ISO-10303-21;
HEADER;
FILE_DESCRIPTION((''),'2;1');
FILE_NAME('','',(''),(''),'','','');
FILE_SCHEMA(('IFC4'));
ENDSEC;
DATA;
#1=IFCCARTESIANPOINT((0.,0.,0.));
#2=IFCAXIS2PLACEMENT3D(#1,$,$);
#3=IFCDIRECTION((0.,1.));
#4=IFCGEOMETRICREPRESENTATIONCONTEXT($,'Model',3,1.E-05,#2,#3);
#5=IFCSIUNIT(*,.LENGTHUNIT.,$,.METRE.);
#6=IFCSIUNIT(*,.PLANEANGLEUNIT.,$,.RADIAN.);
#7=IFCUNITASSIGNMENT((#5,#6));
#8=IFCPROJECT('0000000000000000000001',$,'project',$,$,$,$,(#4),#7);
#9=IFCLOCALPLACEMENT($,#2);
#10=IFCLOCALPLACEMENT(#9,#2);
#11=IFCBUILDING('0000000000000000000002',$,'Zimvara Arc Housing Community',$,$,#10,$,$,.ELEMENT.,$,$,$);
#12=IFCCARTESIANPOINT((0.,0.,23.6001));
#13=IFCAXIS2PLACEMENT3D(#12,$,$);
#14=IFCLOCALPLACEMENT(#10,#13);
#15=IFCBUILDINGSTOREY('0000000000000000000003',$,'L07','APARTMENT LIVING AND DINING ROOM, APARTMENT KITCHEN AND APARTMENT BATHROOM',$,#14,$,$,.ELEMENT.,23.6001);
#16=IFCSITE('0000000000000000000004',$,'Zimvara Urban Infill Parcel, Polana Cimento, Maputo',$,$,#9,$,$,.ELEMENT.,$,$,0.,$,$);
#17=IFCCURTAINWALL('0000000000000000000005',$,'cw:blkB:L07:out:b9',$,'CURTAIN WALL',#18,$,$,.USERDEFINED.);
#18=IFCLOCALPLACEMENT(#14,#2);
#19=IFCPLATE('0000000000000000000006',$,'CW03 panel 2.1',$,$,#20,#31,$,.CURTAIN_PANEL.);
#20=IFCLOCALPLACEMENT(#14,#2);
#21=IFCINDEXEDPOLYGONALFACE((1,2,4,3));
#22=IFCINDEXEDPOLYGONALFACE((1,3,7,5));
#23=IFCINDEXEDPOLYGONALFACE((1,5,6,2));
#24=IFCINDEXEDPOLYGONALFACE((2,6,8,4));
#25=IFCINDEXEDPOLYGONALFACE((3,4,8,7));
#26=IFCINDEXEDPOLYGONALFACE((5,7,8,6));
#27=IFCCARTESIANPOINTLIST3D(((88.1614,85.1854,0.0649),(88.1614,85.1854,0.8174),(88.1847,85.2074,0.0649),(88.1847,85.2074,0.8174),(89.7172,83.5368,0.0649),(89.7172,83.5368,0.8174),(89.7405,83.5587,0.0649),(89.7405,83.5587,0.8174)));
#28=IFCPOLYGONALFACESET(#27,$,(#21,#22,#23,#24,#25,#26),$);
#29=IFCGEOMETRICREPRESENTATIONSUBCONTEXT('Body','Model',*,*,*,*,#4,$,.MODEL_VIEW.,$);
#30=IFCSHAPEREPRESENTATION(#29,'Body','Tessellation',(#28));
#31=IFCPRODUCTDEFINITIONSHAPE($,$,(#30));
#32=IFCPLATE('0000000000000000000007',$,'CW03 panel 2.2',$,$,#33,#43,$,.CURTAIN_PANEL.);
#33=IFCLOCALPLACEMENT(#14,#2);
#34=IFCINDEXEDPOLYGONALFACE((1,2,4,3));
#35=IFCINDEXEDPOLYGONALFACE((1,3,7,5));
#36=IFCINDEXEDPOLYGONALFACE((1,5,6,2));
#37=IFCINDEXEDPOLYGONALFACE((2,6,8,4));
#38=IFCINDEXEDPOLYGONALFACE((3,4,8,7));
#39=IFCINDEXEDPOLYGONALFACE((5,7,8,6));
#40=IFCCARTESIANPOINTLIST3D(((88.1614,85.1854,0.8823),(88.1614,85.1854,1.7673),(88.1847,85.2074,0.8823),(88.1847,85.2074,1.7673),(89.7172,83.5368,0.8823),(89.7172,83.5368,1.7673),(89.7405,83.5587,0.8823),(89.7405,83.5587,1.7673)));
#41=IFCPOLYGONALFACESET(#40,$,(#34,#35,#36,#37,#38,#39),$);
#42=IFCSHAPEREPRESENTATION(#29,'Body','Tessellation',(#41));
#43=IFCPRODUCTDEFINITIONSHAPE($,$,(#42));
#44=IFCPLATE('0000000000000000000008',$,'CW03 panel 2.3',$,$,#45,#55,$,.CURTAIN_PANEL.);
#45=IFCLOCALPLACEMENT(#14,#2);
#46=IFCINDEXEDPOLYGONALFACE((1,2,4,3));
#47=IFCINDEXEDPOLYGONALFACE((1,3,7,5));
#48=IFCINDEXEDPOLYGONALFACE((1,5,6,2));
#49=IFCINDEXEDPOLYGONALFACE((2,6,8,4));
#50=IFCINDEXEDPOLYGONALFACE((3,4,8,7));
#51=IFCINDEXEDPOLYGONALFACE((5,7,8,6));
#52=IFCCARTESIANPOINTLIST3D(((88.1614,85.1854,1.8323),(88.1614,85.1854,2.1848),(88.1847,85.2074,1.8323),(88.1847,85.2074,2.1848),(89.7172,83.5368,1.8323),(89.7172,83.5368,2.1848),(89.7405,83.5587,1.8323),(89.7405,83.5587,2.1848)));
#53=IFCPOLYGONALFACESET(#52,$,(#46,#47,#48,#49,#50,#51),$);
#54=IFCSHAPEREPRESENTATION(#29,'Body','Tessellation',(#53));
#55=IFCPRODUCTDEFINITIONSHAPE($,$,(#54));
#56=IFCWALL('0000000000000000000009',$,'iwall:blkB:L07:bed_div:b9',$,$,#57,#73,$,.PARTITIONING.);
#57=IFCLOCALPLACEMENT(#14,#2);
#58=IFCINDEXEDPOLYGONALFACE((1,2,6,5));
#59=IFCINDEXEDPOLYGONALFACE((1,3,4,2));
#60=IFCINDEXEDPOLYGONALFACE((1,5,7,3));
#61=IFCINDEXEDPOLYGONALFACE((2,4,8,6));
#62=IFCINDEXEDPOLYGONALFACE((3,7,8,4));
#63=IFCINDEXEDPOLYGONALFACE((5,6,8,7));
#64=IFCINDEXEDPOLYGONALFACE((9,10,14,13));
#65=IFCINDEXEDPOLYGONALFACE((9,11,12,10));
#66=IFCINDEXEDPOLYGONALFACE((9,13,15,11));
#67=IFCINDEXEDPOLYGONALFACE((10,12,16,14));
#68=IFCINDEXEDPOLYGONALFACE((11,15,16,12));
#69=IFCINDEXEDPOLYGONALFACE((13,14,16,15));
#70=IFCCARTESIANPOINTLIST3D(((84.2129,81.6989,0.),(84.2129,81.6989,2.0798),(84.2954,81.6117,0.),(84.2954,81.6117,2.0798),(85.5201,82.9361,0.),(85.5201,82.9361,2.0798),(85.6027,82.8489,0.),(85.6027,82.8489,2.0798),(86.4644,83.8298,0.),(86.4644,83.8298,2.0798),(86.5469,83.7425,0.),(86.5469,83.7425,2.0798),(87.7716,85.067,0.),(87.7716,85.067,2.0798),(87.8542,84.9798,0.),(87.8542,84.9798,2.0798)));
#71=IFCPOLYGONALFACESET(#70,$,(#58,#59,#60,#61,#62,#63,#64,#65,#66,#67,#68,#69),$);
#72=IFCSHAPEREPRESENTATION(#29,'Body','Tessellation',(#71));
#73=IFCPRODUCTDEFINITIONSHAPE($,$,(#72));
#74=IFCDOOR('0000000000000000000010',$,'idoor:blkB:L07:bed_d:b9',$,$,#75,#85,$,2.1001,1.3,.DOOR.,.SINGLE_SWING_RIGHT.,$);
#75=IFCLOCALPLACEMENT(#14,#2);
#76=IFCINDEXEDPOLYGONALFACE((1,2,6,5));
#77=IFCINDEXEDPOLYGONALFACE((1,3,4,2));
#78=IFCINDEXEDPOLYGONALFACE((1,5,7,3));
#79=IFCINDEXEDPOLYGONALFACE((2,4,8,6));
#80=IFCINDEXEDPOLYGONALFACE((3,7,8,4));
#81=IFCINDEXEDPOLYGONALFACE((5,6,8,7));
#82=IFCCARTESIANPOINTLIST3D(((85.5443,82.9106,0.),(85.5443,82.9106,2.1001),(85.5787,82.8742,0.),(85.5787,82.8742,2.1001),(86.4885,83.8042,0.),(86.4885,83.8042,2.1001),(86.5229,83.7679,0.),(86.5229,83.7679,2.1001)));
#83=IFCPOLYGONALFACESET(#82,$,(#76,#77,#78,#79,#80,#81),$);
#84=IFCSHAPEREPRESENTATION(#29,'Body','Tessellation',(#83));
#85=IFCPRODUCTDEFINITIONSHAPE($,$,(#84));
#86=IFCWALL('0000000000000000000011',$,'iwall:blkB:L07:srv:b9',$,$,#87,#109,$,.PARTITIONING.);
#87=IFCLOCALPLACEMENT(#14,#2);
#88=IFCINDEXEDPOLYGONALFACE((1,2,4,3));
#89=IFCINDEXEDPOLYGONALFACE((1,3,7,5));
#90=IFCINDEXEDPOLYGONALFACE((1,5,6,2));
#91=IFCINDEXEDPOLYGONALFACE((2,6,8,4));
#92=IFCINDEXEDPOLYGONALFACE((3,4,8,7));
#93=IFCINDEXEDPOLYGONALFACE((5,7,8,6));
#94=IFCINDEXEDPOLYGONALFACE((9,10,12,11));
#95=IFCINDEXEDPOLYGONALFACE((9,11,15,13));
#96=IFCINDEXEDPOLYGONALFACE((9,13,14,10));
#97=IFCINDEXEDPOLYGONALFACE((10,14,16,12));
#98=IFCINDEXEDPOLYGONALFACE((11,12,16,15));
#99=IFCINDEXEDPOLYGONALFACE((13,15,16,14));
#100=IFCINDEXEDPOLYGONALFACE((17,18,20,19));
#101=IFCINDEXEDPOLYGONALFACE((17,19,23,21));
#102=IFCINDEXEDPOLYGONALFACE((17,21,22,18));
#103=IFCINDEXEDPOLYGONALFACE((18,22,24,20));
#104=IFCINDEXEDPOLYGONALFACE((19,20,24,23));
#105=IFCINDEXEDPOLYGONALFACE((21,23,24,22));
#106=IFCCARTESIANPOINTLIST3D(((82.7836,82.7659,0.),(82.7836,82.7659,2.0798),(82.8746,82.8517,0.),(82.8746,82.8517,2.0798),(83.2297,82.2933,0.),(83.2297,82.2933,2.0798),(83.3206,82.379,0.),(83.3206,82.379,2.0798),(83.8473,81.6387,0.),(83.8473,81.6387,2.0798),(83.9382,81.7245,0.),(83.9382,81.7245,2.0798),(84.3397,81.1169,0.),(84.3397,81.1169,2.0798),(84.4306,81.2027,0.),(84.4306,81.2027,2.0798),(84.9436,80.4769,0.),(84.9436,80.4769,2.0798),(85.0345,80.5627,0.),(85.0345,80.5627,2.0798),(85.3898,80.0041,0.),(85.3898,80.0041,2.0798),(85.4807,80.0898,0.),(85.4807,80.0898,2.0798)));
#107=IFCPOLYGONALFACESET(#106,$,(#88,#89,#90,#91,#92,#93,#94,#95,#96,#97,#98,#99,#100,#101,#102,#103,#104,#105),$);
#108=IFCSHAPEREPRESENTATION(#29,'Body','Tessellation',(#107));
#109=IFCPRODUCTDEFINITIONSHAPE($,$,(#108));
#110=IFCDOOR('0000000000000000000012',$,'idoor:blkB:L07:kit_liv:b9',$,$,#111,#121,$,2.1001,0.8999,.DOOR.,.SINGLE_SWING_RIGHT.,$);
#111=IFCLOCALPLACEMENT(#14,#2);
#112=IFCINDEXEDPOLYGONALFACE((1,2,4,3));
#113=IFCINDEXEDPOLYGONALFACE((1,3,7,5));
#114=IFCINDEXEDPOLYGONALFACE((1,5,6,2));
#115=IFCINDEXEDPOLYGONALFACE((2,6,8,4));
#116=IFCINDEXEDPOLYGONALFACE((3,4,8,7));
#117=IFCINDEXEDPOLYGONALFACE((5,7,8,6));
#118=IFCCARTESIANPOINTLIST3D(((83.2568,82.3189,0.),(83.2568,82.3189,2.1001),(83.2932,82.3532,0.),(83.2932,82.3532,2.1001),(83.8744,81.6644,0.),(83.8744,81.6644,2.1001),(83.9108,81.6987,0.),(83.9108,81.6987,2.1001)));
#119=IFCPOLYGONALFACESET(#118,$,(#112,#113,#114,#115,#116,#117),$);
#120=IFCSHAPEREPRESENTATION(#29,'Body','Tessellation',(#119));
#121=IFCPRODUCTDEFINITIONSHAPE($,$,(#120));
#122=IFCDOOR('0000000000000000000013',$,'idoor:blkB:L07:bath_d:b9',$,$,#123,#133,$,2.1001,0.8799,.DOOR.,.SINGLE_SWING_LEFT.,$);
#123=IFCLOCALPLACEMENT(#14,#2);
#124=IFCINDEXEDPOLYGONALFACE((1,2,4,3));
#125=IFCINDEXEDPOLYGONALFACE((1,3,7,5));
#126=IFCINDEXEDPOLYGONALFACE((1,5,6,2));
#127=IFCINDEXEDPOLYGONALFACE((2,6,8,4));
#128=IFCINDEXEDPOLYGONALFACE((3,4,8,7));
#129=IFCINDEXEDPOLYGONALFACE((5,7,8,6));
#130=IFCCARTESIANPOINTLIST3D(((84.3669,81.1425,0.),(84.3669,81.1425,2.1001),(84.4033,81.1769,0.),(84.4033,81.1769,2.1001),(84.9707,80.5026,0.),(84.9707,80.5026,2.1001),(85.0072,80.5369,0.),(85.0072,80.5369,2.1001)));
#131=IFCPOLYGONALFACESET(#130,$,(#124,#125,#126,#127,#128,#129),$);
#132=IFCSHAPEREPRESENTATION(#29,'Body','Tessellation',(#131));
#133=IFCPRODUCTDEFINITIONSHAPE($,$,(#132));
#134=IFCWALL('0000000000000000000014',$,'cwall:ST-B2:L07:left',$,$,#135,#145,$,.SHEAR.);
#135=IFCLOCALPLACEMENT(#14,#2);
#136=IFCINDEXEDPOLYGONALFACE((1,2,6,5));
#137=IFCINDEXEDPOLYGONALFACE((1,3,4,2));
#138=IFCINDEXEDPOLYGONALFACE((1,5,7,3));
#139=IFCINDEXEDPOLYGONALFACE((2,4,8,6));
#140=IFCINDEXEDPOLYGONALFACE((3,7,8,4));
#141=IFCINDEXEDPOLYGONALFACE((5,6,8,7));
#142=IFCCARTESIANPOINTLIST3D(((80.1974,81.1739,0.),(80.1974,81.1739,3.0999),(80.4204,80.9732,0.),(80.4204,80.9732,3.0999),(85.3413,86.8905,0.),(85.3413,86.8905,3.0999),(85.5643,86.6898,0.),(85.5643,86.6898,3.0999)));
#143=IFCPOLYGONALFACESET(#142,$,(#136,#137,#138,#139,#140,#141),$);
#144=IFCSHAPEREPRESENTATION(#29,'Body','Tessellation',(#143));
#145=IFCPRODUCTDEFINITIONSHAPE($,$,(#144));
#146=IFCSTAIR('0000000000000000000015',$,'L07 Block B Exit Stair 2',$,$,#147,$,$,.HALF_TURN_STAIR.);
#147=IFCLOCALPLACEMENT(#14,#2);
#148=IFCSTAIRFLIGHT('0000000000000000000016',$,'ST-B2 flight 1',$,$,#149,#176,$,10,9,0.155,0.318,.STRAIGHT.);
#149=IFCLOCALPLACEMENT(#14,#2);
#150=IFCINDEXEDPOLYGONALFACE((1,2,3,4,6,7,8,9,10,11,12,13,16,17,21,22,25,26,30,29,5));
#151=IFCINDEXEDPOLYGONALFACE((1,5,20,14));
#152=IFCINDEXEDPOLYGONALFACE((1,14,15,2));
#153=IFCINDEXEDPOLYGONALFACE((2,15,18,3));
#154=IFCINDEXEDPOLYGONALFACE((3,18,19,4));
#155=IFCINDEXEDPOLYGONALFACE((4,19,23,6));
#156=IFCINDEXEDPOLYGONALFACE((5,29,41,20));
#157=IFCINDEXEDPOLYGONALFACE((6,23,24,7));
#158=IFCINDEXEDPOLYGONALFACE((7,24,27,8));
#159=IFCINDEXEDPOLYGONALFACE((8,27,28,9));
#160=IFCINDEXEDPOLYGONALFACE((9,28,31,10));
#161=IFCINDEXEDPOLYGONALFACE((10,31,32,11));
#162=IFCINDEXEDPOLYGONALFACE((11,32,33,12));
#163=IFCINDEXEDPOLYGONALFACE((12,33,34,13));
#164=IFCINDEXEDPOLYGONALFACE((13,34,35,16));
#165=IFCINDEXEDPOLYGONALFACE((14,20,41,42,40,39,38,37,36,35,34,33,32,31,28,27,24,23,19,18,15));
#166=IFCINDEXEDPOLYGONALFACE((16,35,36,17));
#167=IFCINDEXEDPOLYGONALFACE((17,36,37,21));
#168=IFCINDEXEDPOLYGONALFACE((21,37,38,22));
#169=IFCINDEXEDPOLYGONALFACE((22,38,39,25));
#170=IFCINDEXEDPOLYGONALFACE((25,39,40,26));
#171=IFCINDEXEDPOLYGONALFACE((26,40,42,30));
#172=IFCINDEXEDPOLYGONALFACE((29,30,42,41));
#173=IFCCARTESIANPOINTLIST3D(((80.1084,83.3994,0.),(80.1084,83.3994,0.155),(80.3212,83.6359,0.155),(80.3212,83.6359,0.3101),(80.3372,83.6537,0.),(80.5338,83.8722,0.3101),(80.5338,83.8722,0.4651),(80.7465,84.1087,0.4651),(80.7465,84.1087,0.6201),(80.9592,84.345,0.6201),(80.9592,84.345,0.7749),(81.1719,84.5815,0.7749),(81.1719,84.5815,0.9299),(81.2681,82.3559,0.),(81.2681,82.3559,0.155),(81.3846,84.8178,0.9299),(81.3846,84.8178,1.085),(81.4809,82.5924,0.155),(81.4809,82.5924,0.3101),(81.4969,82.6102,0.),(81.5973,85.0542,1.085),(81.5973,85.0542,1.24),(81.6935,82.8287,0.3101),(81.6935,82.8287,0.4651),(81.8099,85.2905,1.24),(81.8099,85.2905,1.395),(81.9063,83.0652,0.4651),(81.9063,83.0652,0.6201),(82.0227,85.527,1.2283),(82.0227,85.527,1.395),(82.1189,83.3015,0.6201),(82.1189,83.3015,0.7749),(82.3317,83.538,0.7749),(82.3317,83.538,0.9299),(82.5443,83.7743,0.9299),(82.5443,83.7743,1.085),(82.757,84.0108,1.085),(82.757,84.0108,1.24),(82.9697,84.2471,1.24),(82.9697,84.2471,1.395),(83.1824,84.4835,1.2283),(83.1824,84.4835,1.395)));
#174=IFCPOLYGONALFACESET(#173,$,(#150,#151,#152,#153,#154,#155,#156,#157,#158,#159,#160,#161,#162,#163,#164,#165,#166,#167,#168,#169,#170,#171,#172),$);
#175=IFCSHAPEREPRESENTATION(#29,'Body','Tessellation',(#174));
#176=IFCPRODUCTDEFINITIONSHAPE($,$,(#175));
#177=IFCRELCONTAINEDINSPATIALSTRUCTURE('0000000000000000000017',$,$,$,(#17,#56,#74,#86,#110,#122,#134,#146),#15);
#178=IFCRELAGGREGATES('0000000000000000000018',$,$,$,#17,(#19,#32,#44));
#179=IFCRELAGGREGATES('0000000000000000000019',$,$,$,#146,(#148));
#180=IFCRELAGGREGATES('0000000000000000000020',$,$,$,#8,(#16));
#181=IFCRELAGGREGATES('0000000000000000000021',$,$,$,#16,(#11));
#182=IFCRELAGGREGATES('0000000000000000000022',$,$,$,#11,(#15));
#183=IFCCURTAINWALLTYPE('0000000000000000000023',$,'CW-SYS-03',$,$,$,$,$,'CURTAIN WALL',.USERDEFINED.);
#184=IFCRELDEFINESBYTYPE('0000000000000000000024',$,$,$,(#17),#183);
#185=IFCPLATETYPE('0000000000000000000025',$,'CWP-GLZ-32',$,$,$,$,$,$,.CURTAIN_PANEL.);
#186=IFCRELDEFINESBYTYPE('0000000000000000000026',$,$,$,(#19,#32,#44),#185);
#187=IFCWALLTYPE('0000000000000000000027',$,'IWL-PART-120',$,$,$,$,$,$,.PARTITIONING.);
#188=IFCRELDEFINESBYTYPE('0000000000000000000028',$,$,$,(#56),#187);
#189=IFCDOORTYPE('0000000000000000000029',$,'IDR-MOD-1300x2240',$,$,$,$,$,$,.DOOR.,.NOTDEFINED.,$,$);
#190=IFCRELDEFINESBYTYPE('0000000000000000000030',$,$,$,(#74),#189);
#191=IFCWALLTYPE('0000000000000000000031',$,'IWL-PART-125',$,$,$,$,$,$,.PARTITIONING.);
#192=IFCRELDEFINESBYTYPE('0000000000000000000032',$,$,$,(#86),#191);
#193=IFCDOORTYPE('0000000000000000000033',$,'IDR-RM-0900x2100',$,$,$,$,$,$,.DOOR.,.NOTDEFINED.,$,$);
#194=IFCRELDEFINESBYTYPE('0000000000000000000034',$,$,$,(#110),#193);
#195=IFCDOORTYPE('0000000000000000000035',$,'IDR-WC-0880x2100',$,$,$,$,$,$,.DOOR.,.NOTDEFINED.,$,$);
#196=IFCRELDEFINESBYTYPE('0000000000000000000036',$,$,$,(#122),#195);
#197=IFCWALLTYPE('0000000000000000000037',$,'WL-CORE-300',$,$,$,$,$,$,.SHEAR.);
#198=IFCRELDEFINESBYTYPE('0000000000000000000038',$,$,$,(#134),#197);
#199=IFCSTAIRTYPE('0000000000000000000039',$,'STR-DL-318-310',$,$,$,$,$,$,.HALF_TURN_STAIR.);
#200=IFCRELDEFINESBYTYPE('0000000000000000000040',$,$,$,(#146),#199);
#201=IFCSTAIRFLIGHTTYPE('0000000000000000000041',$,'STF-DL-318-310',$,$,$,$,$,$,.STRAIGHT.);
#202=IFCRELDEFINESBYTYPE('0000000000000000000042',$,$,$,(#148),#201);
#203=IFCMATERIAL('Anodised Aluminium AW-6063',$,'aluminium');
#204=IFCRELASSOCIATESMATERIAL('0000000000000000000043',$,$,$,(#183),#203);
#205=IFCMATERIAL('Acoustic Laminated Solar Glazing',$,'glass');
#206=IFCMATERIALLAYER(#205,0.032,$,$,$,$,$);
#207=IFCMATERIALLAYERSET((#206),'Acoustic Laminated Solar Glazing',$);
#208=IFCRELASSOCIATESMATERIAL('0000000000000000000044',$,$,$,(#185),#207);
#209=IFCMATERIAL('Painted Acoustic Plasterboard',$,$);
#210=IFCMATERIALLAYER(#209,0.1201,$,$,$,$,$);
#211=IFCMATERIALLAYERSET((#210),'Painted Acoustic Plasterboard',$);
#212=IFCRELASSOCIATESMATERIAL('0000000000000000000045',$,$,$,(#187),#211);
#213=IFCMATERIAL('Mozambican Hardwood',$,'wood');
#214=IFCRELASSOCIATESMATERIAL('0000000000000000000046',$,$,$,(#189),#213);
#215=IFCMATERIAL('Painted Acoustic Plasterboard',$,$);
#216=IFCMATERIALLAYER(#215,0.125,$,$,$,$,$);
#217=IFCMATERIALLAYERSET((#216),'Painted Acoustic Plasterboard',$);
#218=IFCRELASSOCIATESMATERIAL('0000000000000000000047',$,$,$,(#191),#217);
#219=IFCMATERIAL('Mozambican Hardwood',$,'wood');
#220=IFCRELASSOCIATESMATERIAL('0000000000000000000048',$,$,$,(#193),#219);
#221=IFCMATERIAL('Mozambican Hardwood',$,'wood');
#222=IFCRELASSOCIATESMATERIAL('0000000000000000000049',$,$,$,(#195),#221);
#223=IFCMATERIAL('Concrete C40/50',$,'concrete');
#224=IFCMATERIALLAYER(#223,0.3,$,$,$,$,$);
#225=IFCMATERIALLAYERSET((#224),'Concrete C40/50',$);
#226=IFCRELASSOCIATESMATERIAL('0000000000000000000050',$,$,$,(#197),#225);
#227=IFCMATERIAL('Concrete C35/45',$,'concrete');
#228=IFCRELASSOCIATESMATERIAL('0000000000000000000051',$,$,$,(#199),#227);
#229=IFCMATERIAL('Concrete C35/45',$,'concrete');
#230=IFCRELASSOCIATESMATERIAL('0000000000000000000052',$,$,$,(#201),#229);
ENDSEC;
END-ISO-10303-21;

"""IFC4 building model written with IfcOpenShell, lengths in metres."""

from ifc_helpers import new_model, si_unit, direction, frame, frame_2d, origin, origin_2d, place, context, subcontext, project, spatial, polyline, rectangle, outline, extrude, material, layer, layer_set, type_object, element, fill, aggregate, save


model = new_model("IFC4")

# Units and contexts
model_context = context("Model", 3, precision=1e-05, world=origin(), true_north=direction((0.0, 1.0)))
body_context = subcontext(model_context, "Body", "Model", "MODEL_VIEW")
ifc_project = project(units=[si_unit("LENGTHUNIT", "METRE"), si_unit("PLANEANGLEUNIT", "RADIAN")], contexts=[model_context])

# Site, building, storey
site_placement = place(None, origin())
site = spatial("IfcSite", under=ifc_project, at=site_placement, Name="Zimvara Urban Infill Parcel, Polana Cimento, Maputo", CompositionType="ELEMENT", RefElevation=0.0)
building_placement = place(site_placement, origin())
building = spatial("IfcBuilding", under=site, at=building_placement, Name="Zimvara Arc Housing Community", CompositionType="ELEMENT")
storey_placement = place(building_placement, frame((0.0, 0.0, 23.6001)))
storey = spatial("IfcBuildingStorey", under=building, at=storey_placement, Name="L07", Description="APARTMENT LIVING AND DINING ROOM, APARTMENT KITCHEN AND APARTMENT BATHROOM", CompositionType="ELEMENT", Elevation=23.6001)

# Curtain wall, plates
ifc_material_1 = material(Name="Anodised Aluminium AW-6063", Category="aluminium")
curtain_wall_type = type_object("IfcCurtainWallType", Name="CW-SYS-03", ElementType="CURTAIN WALL", PredefinedType="USERDEFINED", material=ifc_material_1)
curtain_wall_placement = place(storey_placement, origin())
curtain_wall = element("IfcCurtainWall", 1, at=curtain_wall_placement, inside=storey, type_object=curtain_wall_type, Name="cw:blkB:L07:out:b9", ObjectType="CURTAIN WALL", PredefinedType="USERDEFINED")
ifc_material_2 = material(Name="Acoustic Laminated Solar Glazing", Category="glass")
ifc_layer_1 = layer(ifc_material_2, 0.032)
ifc_layer_set_1 = layer_set([ifc_layer_1], Name="Acoustic Laminated Solar Glazing")
plate_type = type_object("IfcPlateType", Name="CWP-GLZ-32", PredefinedType="CURTAIN_PANEL", material=ifc_layer_set_1)
plate_1_placement = place(storey_placement, frame((88.9509, 84.3721, 0.0649), z_axis=(0.0, 0.0, 1.0), x_axis=(0.686326, -0.727294, 0.0)))
plate_1 = element("IfcPlate", 2, at=plate_1_placement, type_object=plate_type, Name="CW03 panel 2.1", PredefinedType="CURTAIN_PANEL", context=body_context, shape_type="SweptSolid", body=[
    extrude(rectangle(XDim=2.2668, YDim=0.032, at=origin_2d()), origin(), (0.0, 0.0, 1.0), 0.7524),
])
plate_2_placement = place(storey_placement, frame((88.9509, 84.3721, 0.8823), z_axis=(0.0, 0.0, 1.0), x_axis=(0.686326, -0.727294, 0.0)))
plate_2 = element("IfcPlate", 3, at=plate_2_placement, type_object=plate_type, Name="CW03 panel 2.2", PredefinedType="CURTAIN_PANEL", context=body_context, shape_type="SweptSolid", body=[
    extrude(rectangle(XDim=2.2668, YDim=0.032, at=origin_2d()), origin(), (0.0, 0.0, 1.0), 0.885),
])
plate_3_placement = place(storey_placement, frame((88.9509, 84.3721, 1.8323), z_axis=(0.0, 0.0, 1.0), x_axis=(0.686326, -0.727294, 0.0)))
plate_3 = element("IfcPlate", 4, at=plate_3_placement, type_object=plate_type, Name="CW03 panel 2.3", PredefinedType="CURTAIN_PANEL", context=body_context, shape_type="SweptSolid", body=[
    extrude(rectangle(XDim=2.2668, YDim=0.032, at=origin_2d()), origin(), (0.0, 0.0, 1.0), 0.3525),
])
aggregate(curtain_wall, [plate_1, plate_2, plate_3])

# Wall, opening, door
ifc_material_3 = material(Name="Painted Acoustic Plasterboard")
ifc_layer_2 = layer(ifc_material_3, 0.1201)
ifc_layer_set_2 = layer_set([ifc_layer_2], Name="Painted Acoustic Plasterboard")
wall_type_1 = type_object("IfcWallType", Name="IWL-PART-120", PredefinedType="PARTITIONING", material=ifc_layer_set_2)
wall_1_placement = place(storey_placement, frame((84.2542, 81.6553, 0.0), z_axis=(0.0, 0.0, 1.0), x_axis=(0.726296, 0.687382, 0.0)))
wall_1 = element("IfcWall", 5, at=wall_1_placement, inside=storey, type_object=wall_type_1, Name="iwall:blkB:L07:bed_div:b9", PredefinedType="PARTITIONING", context=body_context, shape_type="SweptSolid", body=[
    extrude(rectangle(XDim=4.8999, YDim=0.1201, at=frame_2d((2.45, 0.0))), origin(), (0.0, 0.0, 1.0), 2.0798),
])
opening_1_placement = place(wall_1_placement, frame((1.8, 0.0, 0.0)))
opening_1 = element("IfcOpeningElement", 6, at=opening_1_placement, cuts=wall_1, PredefinedType="OPENING", context=body_context, shape_type="SweptSolid", body=[
    extrude(rectangle(XDim=1.3, YDim=2.1001, at=frame_2d((0.6499, 1.05))), frame((0.0, 0.0701, 0.0), z_axis=(0.0, -1.0, 0.0), x_axis=(1.0, 0.0, 0.0)), (0.0, 0.0, 1.0), 0.1401),
])
ifc_material_4 = material(Name="Mozambican Hardwood", Category="wood")
door_type_1 = type_object("IfcDoorType", Name="IDR-MOD-1300x2240", OperationType="NOTDEFINED", PredefinedType="DOOR", material=ifc_material_4)
door_1_placement = place(opening_1_placement, origin())
door_1 = element("IfcDoor", 7, at=door_1_placement, inside=storey, type_object=door_type_1, Name="idoor:blkB:L07:bed_d:b9", OperationType="SINGLE_SWING_RIGHT", OverallHeight=2.1001, OverallWidth=1.3, PredefinedType="DOOR", context=body_context, shape_type="SweptSolid", body=[
    extrude(rectangle(XDim=1.3, YDim=2.1001, at=frame_2d((0.6499, 1.05))), frame((0.0, 0.0249, 0.0), z_axis=(0.0, -1.0, 0.0), x_axis=(1.0, 0.0, 0.0)), (0.0, 0.0, 1.0), 0.05),
])
fill(opening_1, door_1)

# Wall, openings, doors
ifc_material_5 = material(Name="Painted Acoustic Plasterboard")
ifc_layer_3 = layer(ifc_material_5, 0.125)
ifc_layer_set_3 = layer_set([ifc_layer_3], Name="Painted Acoustic Plasterboard")
wall_type_2 = type_object("IfcWallType", Name="IWL-PART-125", PredefinedType="PARTITIONING", material=ifc_layer_set_3)
wall_2_placement = place(storey_placement, frame((82.8291, 82.8088, 0.0), z_axis=(0.0, 0.0, 1.0), x_axis=(0.686301, -0.727318, 0.0)))
wall_2 = element("IfcWall", 8, at=wall_2_placement, inside=storey, type_object=wall_type_2, Name="iwall:blkB:L07:srv:b9", PredefinedType="PARTITIONING", context=body_context, shape_type="SweptSolid", body=[
    extrude(rectangle(XDim=3.7974, YDim=0.125, at=frame_2d((1.8987, 0.0))), origin(), (0.0, 0.0, 1.0), 2.0798),
])
opening_2_placement = place(wall_2_placement, frame((0.6499, 0.0, 0.0)))
opening_2 = element("IfcOpeningElement", 9, at=opening_2_placement, cuts=wall_2, PredefinedType="OPENING", context=body_context, shape_type="SweptSolid", body=[
    extrude(rectangle(XDim=0.8999, YDim=2.1001, at=frame_2d((0.45, 1.05))), frame((0.0, 0.0725, 0.0), z_axis=(0.0, -1.0, 0.0), x_axis=(1.0, 0.0, 0.0)), (0.0, 0.0, 1.0), 0.145),
])
opening_3_placement = place(wall_2_placement, frame((2.2673, 0.0, 0.0)))
opening_3 = element("IfcOpeningElement", 10, at=opening_3_placement, cuts=wall_2, PredefinedType="OPENING", context=body_context, shape_type="SweptSolid", body=[
    extrude(rectangle(XDim=0.8799, YDim=2.1001, at=frame_2d((0.4399, 1.05))), frame((0.0, 0.0725, 0.0), z_axis=(0.0, -1.0, 0.0), x_axis=(1.0, 0.0, 0.0)), (0.0, 0.0, 1.0), 0.145),
])
ifc_material_6 = material(Name="Mozambican Hardwood", Category="wood")
door_type_2 = type_object("IfcDoorType", Name="IDR-RM-0900x2100", OperationType="NOTDEFINED", PredefinedType="DOOR", material=ifc_material_6)
door_2_placement = place(opening_2_placement, origin())
door_2 = element("IfcDoor", 11, at=door_2_placement, inside=storey, type_object=door_type_2, Name="idoor:blkB:L07:kit_liv:b9", OperationType="SINGLE_SWING_RIGHT", OverallHeight=2.1001, OverallWidth=0.8999, PredefinedType="DOOR", context=body_context, shape_type="SweptSolid", body=[
    extrude(rectangle(XDim=0.8999, YDim=2.1001, at=frame_2d((0.45, 1.05))), frame((0.0, 0.0249, 0.0), z_axis=(0.0, -1.0, 0.0), x_axis=(1.0, 0.0, 0.0)), (0.0, 0.0, 1.0), 0.05),
])
fill(opening_2, door_2)
ifc_material_7 = material(Name="Mozambican Hardwood", Category="wood")
door_type_3 = type_object("IfcDoorType", Name="IDR-WC-0880x2100", OperationType="NOTDEFINED", PredefinedType="DOOR", material=ifc_material_7)
door_3_placement = place(opening_3_placement, origin())
door_3 = element("IfcDoor", 12, at=door_3_placement, inside=storey, type_object=door_type_3, Name="idoor:blkB:L07:bath_d:b9", OperationType="SINGLE_SWING_LEFT", OverallHeight=2.1001, OverallWidth=0.8799, PredefinedType="DOOR", context=body_context, shape_type="SweptSolid", body=[
    extrude(rectangle(XDim=0.8799, YDim=2.1001, at=frame_2d((0.4399, 1.05))), frame((0.0, 0.0249, 0.0), z_axis=(0.0, -1.0, 0.0), x_axis=(1.0, 0.0, 0.0)), (0.0, 0.0, 1.0), 0.05),
])
fill(opening_3, door_3)

# Shared definitions
ifc_material_8 = material(Name="Concrete C40/50", Category="concrete")
ifc_layer_4 = layer(ifc_material_8, 0.3)
ifc_layer_set_4 = layer_set([ifc_layer_4], Name="Concrete C40/50")
wall_type_3 = type_object("IfcWallType", Name="WL-CORE-300", PredefinedType="SHEAR", material=ifc_layer_set_4)

# Wall
wall_3_placement = place(storey_placement, frame((80.3088, 81.0735, 0.0), z_axis=(0.0, 0.0, 1.0), x_axis=(0.668886, 0.743365, 0.0)))
element("IfcWall", 13, at=wall_3_placement, inside=storey, type_object=wall_type_3, Name="cwall:ST-B2:L07:left", PredefinedType="SHEAR", context=body_context, shape_type="SweptSolid", body=[
    extrude(rectangle(XDim=7.6902, YDim=0.3, at=frame_2d((3.8452, 0.0))), origin(), (0.0, 0.0, 1.0), 3.0999),
])

# Stair, stair flight
ifc_material_9 = material(Name="Concrete C35/45", Category="concrete")
stair_type = type_object("IfcStairType", Name="STR-DL-318-310", PredefinedType="HALF_TURN_STAIR", material=ifc_material_9)
stair_placement = place(storey_placement, origin())
stair = element("IfcStair", 14, at=stair_placement, inside=storey, type_object=stair_type, Name="L07 Block B Exit Stair 2", PredefinedType="HALF_TURN_STAIR")
ifc_material_10 = material(Name="Concrete C35/45", Category="concrete")
stair_flight_type = type_object("IfcStairFlightType", Name="STF-DL-318-310", PredefinedType="STRAIGHT", material=ifc_material_10)
stair_flight_placement = place(storey_placement, frame((80.6882, 82.8777, 0.0), z_axis=(0.0, 0.0, 1.0), x_axis=(0.668871, 0.743378, 0.0)))
stair_flight = element("IfcStairFlight", 15, at=stair_flight_placement, type_object=stair_flight_type, Name="ST-B2 flight 1", NumberOfRisers=10, NumberOfTreads=9, PredefinedType="STRAIGHT", RiserHeight=0.155, TreadLength=0.318, context=body_context, shape_type="SweptSolid", body=[
    extrude(outline(polyline([(0.0, 0.0), (0.0, 0.155), (0.3181, 0.155), (0.3181, 0.3101), (0.636, 0.3101), (0.636, 0.4651), (0.9541, 0.4651), (0.9541, 0.6201), (1.272, 0.6201), (1.272, 0.7749), (1.5901, 0.7749), (1.5901, 0.9299), (1.908, 0.9299), (1.908, 1.085), (2.2261, 1.085), (2.2261, 1.24), (2.5439, 1.24), (2.5439, 1.395), (2.8621, 1.395), (2.8621, 1.55), (2.8621, 1.2283), (0.342, 0.0), (0.0, 0.0)])), frame((0.0, 0.78, 0.0), z_axis=(0.0, -1.0, 0.0), x_axis=(1.0, 0.0, 0.0)), (0.0, 0.0, 1.0), 1.5601),
])
aggregate(stair, [stair_flight])

save(model, "model.ifc")
